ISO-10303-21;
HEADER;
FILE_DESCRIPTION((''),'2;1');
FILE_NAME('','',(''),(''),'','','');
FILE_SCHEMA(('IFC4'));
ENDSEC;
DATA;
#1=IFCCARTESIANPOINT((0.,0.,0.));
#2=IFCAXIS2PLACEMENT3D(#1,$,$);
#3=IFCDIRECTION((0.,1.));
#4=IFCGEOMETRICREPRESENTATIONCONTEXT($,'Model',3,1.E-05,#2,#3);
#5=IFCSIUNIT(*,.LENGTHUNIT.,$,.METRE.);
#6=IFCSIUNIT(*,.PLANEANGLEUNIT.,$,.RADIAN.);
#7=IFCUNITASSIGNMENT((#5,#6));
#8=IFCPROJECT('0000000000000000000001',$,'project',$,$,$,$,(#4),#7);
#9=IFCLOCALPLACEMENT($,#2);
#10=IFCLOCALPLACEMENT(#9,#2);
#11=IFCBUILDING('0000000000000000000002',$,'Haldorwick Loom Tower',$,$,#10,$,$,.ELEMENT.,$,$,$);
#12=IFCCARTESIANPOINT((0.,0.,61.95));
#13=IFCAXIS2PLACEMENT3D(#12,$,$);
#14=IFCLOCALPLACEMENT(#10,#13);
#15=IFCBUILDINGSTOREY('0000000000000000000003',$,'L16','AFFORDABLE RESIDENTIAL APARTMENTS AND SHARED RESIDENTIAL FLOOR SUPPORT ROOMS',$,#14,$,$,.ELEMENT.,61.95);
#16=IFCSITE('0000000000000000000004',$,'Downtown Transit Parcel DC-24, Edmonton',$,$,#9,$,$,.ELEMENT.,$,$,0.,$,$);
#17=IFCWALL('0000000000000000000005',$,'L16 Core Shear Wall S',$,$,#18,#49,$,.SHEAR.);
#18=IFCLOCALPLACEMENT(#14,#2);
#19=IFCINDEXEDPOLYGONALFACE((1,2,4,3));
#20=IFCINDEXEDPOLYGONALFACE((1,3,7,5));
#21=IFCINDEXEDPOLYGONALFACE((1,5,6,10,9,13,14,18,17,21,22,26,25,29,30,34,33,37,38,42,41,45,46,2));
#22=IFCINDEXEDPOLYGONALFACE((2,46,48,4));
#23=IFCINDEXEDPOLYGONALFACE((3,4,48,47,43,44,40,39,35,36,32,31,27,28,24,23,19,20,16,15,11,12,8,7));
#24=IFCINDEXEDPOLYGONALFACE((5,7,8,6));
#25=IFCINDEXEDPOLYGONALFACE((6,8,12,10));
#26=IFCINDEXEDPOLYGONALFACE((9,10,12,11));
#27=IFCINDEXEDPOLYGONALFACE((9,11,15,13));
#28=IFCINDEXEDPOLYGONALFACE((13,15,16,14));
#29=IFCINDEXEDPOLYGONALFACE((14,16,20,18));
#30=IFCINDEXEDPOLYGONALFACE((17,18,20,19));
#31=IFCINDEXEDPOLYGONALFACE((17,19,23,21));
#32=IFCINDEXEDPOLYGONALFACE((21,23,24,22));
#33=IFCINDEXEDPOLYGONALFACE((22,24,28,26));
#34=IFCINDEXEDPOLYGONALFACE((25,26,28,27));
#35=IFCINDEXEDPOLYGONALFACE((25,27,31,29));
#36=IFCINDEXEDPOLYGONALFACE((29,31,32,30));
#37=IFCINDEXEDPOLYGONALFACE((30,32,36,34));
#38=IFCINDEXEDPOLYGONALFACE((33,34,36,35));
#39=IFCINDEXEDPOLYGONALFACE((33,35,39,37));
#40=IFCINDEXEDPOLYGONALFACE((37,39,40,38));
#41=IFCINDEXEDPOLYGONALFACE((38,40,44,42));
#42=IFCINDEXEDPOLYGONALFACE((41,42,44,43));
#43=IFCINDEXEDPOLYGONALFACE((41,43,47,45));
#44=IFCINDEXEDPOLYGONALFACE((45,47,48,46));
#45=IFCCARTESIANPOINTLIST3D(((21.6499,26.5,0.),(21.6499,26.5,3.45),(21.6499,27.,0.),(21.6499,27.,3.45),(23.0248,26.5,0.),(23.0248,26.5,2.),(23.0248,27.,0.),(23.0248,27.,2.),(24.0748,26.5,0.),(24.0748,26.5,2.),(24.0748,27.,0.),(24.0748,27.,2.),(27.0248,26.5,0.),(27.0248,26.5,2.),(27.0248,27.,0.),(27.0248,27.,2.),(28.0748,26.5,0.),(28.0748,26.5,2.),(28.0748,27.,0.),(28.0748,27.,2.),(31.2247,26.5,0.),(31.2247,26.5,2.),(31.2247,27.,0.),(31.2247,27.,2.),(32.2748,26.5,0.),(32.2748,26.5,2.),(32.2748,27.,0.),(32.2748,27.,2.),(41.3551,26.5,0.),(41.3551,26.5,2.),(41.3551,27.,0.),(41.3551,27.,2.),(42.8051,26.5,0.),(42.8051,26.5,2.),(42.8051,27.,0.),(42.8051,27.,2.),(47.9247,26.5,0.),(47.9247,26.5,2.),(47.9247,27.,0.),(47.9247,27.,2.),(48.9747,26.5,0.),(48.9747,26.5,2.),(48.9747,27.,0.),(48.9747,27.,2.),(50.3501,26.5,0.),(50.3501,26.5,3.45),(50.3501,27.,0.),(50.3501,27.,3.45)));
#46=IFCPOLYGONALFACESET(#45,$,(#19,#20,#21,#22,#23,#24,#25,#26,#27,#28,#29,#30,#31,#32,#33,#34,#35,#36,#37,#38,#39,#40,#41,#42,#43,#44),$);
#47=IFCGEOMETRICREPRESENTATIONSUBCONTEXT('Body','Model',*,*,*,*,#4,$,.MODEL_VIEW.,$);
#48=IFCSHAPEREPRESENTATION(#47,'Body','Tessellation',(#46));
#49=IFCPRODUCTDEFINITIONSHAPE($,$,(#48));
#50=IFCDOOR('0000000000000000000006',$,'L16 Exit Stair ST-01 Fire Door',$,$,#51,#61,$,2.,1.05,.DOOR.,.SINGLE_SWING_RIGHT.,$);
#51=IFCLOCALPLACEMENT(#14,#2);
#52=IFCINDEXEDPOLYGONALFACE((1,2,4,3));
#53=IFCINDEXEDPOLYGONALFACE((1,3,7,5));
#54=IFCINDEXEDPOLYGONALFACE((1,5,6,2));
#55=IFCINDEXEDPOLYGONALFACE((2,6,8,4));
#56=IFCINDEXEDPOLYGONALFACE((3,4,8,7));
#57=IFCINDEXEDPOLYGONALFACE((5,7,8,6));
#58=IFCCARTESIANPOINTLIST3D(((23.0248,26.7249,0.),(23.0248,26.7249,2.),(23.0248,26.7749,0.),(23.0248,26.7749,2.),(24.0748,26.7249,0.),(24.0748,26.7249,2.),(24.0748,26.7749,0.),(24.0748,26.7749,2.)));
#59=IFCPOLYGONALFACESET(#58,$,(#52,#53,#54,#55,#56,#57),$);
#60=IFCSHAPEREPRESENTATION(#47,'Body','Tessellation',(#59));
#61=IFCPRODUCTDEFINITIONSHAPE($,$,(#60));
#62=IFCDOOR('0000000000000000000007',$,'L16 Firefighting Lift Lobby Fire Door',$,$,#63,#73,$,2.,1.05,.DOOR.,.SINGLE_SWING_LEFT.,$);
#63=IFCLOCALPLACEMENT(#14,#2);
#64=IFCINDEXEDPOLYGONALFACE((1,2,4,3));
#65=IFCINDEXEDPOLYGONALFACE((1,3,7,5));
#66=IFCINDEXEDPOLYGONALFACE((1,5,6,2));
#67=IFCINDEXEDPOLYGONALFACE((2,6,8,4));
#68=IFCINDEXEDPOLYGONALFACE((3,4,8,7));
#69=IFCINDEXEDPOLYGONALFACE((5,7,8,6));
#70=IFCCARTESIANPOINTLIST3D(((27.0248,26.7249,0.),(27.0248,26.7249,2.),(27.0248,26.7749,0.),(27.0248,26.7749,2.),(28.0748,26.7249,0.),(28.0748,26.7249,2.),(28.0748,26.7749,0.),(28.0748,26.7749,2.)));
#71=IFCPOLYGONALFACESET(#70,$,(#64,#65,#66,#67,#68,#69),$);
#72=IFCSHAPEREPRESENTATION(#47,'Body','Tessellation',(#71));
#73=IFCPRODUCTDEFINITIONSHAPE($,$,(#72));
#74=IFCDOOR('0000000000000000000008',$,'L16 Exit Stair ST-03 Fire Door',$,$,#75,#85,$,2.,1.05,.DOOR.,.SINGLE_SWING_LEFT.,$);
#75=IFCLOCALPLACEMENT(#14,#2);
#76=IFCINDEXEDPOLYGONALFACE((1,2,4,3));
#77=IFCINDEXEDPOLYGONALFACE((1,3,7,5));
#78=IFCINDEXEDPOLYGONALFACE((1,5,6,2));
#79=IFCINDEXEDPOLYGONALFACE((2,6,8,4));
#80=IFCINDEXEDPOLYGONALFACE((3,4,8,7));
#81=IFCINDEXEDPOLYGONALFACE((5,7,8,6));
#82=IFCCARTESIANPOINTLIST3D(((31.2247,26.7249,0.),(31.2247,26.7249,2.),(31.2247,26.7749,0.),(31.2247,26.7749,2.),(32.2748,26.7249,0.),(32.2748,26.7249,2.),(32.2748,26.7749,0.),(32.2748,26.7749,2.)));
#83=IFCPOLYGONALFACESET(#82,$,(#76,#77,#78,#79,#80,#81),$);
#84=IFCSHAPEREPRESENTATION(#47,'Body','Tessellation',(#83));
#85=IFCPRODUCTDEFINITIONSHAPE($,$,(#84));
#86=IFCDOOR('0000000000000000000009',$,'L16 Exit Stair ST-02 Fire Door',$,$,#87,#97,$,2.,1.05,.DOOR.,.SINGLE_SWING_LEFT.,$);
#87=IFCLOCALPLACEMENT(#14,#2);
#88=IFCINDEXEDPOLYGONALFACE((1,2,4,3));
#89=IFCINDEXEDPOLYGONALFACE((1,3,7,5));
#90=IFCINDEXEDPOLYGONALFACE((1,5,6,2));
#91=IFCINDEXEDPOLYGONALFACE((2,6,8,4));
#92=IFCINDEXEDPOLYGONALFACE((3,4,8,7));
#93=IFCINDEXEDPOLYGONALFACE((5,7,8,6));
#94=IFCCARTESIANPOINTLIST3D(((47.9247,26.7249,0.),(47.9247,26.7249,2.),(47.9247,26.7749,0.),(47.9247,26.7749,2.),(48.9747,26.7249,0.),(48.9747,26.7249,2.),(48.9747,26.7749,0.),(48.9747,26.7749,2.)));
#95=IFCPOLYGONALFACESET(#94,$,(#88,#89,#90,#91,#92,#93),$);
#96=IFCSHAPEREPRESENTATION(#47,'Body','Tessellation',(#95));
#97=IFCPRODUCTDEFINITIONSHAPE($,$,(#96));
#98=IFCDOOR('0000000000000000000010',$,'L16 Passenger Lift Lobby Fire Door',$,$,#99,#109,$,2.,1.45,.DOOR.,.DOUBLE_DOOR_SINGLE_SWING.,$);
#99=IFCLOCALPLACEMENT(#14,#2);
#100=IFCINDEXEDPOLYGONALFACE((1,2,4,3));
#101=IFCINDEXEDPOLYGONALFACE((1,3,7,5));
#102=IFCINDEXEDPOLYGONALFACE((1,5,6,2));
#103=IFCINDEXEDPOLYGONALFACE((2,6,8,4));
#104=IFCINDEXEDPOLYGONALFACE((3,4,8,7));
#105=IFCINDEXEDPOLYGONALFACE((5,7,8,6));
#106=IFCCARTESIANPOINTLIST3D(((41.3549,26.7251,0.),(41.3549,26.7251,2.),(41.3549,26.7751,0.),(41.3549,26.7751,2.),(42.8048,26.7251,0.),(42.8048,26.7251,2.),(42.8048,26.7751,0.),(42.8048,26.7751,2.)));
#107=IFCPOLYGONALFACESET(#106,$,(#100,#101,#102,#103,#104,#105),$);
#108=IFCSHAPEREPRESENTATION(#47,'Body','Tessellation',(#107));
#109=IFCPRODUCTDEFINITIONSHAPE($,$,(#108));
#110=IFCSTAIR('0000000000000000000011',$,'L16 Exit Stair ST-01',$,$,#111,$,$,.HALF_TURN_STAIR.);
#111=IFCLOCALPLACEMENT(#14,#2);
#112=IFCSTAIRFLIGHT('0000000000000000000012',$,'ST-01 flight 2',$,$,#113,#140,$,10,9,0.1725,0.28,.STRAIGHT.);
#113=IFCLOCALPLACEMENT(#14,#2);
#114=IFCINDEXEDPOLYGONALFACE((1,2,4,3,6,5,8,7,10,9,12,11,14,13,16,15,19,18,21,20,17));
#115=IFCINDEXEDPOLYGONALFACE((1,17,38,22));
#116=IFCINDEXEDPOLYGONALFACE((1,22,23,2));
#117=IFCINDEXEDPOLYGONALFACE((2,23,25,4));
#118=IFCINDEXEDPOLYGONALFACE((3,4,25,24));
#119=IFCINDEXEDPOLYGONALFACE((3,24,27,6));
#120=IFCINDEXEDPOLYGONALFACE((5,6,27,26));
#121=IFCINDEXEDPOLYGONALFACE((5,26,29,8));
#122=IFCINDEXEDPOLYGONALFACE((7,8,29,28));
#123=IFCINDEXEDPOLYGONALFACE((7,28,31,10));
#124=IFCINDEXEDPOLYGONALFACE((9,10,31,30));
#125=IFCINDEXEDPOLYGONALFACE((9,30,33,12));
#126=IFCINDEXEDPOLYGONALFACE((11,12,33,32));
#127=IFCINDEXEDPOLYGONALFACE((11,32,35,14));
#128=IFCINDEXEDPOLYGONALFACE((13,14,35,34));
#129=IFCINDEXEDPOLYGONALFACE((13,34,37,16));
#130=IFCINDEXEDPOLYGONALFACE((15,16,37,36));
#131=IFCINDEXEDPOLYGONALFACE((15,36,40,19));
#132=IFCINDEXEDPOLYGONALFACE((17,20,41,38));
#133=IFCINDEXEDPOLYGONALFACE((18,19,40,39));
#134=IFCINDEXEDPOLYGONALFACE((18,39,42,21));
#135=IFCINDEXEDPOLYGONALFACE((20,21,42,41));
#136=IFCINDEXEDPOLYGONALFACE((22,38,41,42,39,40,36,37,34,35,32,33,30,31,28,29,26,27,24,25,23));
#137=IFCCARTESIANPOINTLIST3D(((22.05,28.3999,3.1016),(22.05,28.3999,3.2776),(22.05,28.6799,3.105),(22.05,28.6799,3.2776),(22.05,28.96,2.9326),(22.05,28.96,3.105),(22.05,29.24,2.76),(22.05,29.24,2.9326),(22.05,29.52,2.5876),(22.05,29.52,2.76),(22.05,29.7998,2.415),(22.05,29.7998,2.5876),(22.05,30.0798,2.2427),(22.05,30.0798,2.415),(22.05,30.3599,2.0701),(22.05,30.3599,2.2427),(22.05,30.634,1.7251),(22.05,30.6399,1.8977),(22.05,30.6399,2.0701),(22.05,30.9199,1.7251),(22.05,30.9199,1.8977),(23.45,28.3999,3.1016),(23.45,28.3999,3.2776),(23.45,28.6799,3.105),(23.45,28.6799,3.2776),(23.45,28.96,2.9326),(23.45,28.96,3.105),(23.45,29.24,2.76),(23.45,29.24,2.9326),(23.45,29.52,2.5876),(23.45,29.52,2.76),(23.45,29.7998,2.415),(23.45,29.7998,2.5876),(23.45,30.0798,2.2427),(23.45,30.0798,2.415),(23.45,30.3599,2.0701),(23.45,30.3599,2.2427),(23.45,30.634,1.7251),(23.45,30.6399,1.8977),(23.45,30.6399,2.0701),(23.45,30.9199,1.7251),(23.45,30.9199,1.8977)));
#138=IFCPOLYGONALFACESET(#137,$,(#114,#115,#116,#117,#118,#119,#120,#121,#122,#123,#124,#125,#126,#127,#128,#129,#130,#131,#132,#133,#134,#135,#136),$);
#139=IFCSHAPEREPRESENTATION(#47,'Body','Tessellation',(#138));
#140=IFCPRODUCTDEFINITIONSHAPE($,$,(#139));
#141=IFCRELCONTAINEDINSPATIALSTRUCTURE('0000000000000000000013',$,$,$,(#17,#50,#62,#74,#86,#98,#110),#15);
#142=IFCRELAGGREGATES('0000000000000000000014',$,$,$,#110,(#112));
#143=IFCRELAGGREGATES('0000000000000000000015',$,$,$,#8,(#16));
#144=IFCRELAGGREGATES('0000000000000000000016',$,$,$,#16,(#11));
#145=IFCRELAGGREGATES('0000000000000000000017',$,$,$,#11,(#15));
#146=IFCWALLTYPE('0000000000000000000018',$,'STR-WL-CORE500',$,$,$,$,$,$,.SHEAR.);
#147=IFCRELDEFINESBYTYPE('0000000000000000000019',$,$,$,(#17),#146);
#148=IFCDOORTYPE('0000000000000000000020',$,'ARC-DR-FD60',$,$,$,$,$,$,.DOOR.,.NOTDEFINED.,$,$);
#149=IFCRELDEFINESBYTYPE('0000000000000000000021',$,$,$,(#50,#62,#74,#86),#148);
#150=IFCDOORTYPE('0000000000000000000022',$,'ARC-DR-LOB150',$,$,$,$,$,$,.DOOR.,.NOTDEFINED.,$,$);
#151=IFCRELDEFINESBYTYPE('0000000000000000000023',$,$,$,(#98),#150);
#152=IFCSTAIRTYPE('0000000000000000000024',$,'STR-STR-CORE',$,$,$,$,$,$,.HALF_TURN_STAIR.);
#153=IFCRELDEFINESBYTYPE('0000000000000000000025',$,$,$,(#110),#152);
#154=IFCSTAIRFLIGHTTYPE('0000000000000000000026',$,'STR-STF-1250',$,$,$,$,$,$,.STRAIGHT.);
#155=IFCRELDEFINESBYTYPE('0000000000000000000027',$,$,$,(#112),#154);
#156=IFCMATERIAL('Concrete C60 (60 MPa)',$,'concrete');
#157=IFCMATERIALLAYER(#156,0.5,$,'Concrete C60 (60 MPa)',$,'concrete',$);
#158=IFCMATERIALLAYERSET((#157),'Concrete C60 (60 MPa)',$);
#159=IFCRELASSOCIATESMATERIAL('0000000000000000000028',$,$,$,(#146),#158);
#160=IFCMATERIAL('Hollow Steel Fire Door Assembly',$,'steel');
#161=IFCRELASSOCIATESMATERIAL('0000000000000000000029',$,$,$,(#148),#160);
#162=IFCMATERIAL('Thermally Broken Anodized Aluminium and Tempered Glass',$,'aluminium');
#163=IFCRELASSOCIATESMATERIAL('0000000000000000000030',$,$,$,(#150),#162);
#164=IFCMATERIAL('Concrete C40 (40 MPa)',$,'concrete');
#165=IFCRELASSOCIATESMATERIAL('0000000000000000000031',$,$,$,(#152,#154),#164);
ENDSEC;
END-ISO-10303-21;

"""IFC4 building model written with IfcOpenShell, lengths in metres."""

from ifc_helpers import new_model, si_unit, direction, frame, frame_2d, origin, place, context, subcontext, project, spatial, polyline, rectangle, outline, extrude, material, layer, layer_set, type_object, element, fill, aggregate, save


model = new_model("IFC4")

# Units and contexts
model_context = context("Model", 3, precision=1e-05, world=origin(), true_north=direction((0.0, 1.0)))
body_context = subcontext(model_context, "Body", "Model", "MODEL_VIEW")
ifc_project = project(units=[si_unit("LENGTHUNIT", "METRE"), si_unit("PLANEANGLEUNIT", "RADIAN")], contexts=[model_context])

# Site, building, storey
site_placement = place(None, origin())
site = spatial("IfcSite", under=ifc_project, at=site_placement, Name="Downtown Transit Parcel DC-24, Edmonton", CompositionType="ELEMENT", RefElevation=0.0)
building_placement = place(site_placement, origin())
building = spatial("IfcBuilding", under=site, at=building_placement, Name="Haldorwick Loom Tower", CompositionType="ELEMENT")
storey_placement = place(building_placement, frame((0.0, 0.0, 61.95)))
storey = spatial("IfcBuildingStorey", under=building, at=storey_placement, Name="L16", Description="AFFORDABLE RESIDENTIAL APARTMENTS AND SHARED RESIDENTIAL FLOOR SUPPORT ROOMS", CompositionType="ELEMENT", Elevation=61.95)

# Shared definitions
ifc_material_1 = material(Name="Concrete C60 (60 MPa)", Category="concrete")

# Wall, openings, doors
ifc_layer_1 = layer(ifc_material_1, 0.5, Name="Concrete C60 (60 MPa)", Category="concrete")
ifc_layer_set_1 = layer_set([ifc_layer_1], Name="Concrete C60 (60 MPa)")
wall_type_1 = type_object("IfcWallType", Name="STR-WL-CORE500", PredefinedType="SHEAR", material=ifc_layer_set_1)
wall_1_placement = place(storey_placement, frame((21.6499, 26.75, 0.0), z_axis=(0.0, 0.0, 1.0), x_axis=(1.0, 0.0, 0.0)))
wall_1 = element("IfcWall", 1, at=wall_1_placement, inside=storey, type_object=wall_type_1, Name="L16 Core Shear Wall S", PredefinedType="SHEAR", context=body_context, shape_type="SweptSolid", body=[
    extrude(rectangle(XDim=28.7002, YDim=0.5, at=frame_2d((14.3501, 0.0))), origin(), (0.0, 0.0, 1.0), 3.45),
])
opening_1_placement = place(wall_1_placement, frame((1.375, 0.0, 0.0)))
opening_1 = element("IfcOpeningElement", 2, at=opening_1_placement, cuts=wall_1, PredefinedType="OPENING", context=body_context, shape_type="SweptSolid", body=[
    extrude(rectangle(XDim=1.05, YDim=2.0, at=frame_2d((0.5249, 1.0))), frame((0.0, 0.26, 0.0), z_axis=(0.0, -1.0, 0.0), x_axis=(1.0, 0.0, 0.0)), (0.0, 0.0, 1.0), 0.52),
])
opening_2_placement = place(wall_1_placement, frame((5.375, 0.0, 0.0)))
opening_2 = element("IfcOpeningElement", 3, at=opening_2_placement, cuts=wall_1, PredefinedType="OPENING", context=body_context, shape_type="SweptSolid", body=[
    extrude(rectangle(XDim=1.05, YDim=2.0, at=frame_2d((0.5249, 1.0))), frame((0.0, 0.26, 0.0), z_axis=(0.0, -1.0, 0.0), x_axis=(1.0, 0.0, 0.0)), (0.0, 0.0, 1.0), 0.52),
])
opening_3_placement = place(wall_1_placement, frame((9.575, 0.0, 0.0)))
opening_3 = element("IfcOpeningElement", 4, at=opening_3_placement, cuts=wall_1, PredefinedType="OPENING", context=body_context, shape_type="SweptSolid", body=[
    extrude(rectangle(XDim=1.05, YDim=2.0, at=frame_2d((0.5249, 1.0))), frame((0.0, 0.26, 0.0), z_axis=(0.0, -1.0, 0.0), x_axis=(1.0, 0.0, 0.0)), (0.0, 0.0, 1.0), 0.52),
])
opening_4_placement = place(wall_1_placement, frame((19.7051, 0.0, 0.0)))
opening_4 = element("IfcOpeningElement", 5, at=opening_4_placement, cuts=wall_1, PredefinedType="OPENING", context=body_context, shape_type="SweptSolid", body=[
    extrude(rectangle(XDim=1.45, YDim=2.0, at=frame_2d((0.7251, 1.0))), frame((0.0, 0.26, 0.0), z_axis=(0.0, -1.0, 0.0), x_axis=(1.0, 0.0, 0.0)), (0.0, 0.0, 1.0), 0.52),
])
opening_5_placement = place(wall_1_placement, frame((26.2749, 0.0, 0.0)))
opening_5 = element("IfcOpeningElement", 6, at=opening_5_placement, cuts=wall_1, PredefinedType="OPENING", context=body_context, shape_type="SweptSolid", body=[
    extrude(rectangle(XDim=1.05, YDim=2.0, at=frame_2d((0.5249, 1.0))), frame((0.0, 0.26, 0.0), z_axis=(0.0, -1.0, 0.0), x_axis=(1.0, 0.0, 0.0)), (0.0, 0.0, 1.0), 0.52),
])
ifc_material_2 = material(Name="Hollow Steel Fire Door Assembly", Category="steel")
door_type_1 = type_object("IfcDoorType", Name="ARC-DR-FD60", OperationType="NOTDEFINED", PredefinedType="DOOR", material=ifc_material_2)
door_1_placement = place(opening_1_placement, origin())
door_1 = element("IfcDoor", 7, at=door_1_placement, inside=storey, type_object=door_type_1, Name="L16 Exit Stair ST-01 Fire Door", OperationType="SINGLE_SWING_RIGHT", OverallHeight=2.0, OverallWidth=1.05, PredefinedType="DOOR", context=body_context, shape_type="SweptSolid", body=[
    extrude(rectangle(XDim=1.05, YDim=2.0, at=frame_2d((0.5249, 1.0))), frame((0.0, 0.0249, 0.0), z_axis=(0.0, -1.0, 0.0), x_axis=(1.0, 0.0, 0.0)), (0.0, 0.0, 1.0), 0.05),
])
fill(opening_1, door_1)
door_2_placement = place(opening_2_placement, origin())
door_2 = element("IfcDoor", 8, at=door_2_placement, inside=storey, type_object=door_type_1, Name="L16 Firefighting Lift Lobby Fire Door", OperationType="SINGLE_SWING_LEFT", OverallHeight=2.0, OverallWidth=1.05, PredefinedType="DOOR", context=body_context, shape_type="SweptSolid", body=[
    extrude(rectangle(XDim=1.05, YDim=2.0, at=frame_2d((0.5249, 1.0))), frame((0.0, 0.0249, 0.0), z_axis=(0.0, -1.0, 0.0), x_axis=(1.0, 0.0, 0.0)), (0.0, 0.0, 1.0), 0.05),
])
fill(opening_2, door_2)
door_3_placement = place(opening_3_placement, origin())
door_3 = element("IfcDoor", 9, at=door_3_placement, inside=storey, type_object=door_type_1, Name="L16 Exit Stair ST-03 Fire Door", OperationType="SINGLE_SWING_LEFT", OverallHeight=2.0, OverallWidth=1.05, PredefinedType="DOOR", context=body_context, shape_type="SweptSolid", body=[
    extrude(rectangle(XDim=1.05, YDim=2.0, at=frame_2d((0.5249, 1.0))), frame((0.0, 0.0249, 0.0), z_axis=(0.0, -1.0, 0.0), x_axis=(1.0, 0.0, 0.0)), (0.0, 0.0, 1.0), 0.05),
])
fill(opening_3, door_3)
door_4_placement = place(opening_5_placement, origin())
door_4 = element("IfcDoor", 10, at=door_4_placement, inside=storey, type_object=door_type_1, Name="L16 Exit Stair ST-02 Fire Door", OperationType="SINGLE_SWING_LEFT", OverallHeight=2.0, OverallWidth=1.05, PredefinedType="DOOR", context=body_context, shape_type="SweptSolid", body=[
    extrude(rectangle(XDim=1.05, YDim=2.0, at=frame_2d((0.5249, 1.0))), frame((0.0, 0.0249, 0.0), z_axis=(0.0, -1.0, 0.0), x_axis=(1.0, 0.0, 0.0)), (0.0, 0.0, 1.0), 0.05),
])
fill(opening_5, door_4)
ifc_material_3 = material(Name="Thermally Broken Anodized Aluminium and Tempered Glass", Category="aluminium")
door_type_2 = type_object("IfcDoorType", Name="ARC-DR-LOB150", OperationType="NOTDEFINED", PredefinedType="DOOR", material=ifc_material_3)
door_5_placement = place(opening_4_placement, frame((1.45, 0.0, 0.0), z_axis=(0.0, 0.0, 1.0), x_axis=(-1.0, 0.0, 0.0)))
door_5 = element("IfcDoor", 11, at=door_5_placement, inside=storey, type_object=door_type_2, Name="L16 Passenger Lift Lobby Fire Door", OperationType="DOUBLE_DOOR_SINGLE_SWING", OverallHeight=2.0, OverallWidth=1.45, PredefinedType="DOOR", context=body_context, shape_type="SweptSolid", body=[
    extrude(rectangle(XDim=1.45, YDim=2.0, at=frame_2d((0.7251, 1.0))), frame((0.0, 0.0249, 0.0), z_axis=(0.0, -1.0, 0.0), x_axis=(1.0, 0.0, 0.0)), (0.0, 0.0, 1.0), 0.05),
])
fill(opening_4, door_5)

# Stair, stair flight
ifc_material_4 = material(Name="Concrete C40 (40 MPa)", Category="concrete")
stair_type = type_object("IfcStairType", Name="STR-STR-CORE", PredefinedType="HALF_TURN_STAIR", material=ifc_material_4)
stair_placement = place(storey_placement, origin())
stair = element("IfcStair", 12, at=stair_placement, inside=storey, type_object=stair_type, Name="L16 Exit Stair ST-01", PredefinedType="HALF_TURN_STAIR")
stair_flight_type = type_object("IfcStairFlightType", Name="STR-STF-1250", PredefinedType="STRAIGHT", material=ifc_material_4)
stair_flight_placement = place(storey_placement, frame((22.75, 30.9199, 1.7251), z_axis=(0.0, 0.0, 1.0), x_axis=(0.0, -1.0, 0.0)))
stair_flight = element("IfcStairFlight", 13, at=stair_flight_placement, type_object=stair_flight_type, Name="ST-01 flight 2", NumberOfRisers=10, NumberOfTreads=9, PredefinedType="STRAIGHT", RiserHeight=0.1725, TreadLength=0.28, context=body_context, shape_type="SweptSolid", body=[
    extrude(outline(polyline([(0.0, 0.0), (0.0, 0.1726), (0.28, 0.1726), (0.28, 0.345), (0.5601, 0.345), (0.5601, 0.5176), (0.8401, 0.5176), (0.8401, 0.6899), (1.1201, 0.6899), (1.1201, 0.8625), (1.3999, 0.8625), (1.3999, 1.0349), (1.6799, 1.0349), (1.6799, 1.2075), (1.96, 1.2075), (1.96, 1.3799), (2.24, 1.3799), (2.24, 1.5525), (2.52, 1.5525), (2.52, 1.7251), (2.52, 1.3765), (0.2859, 0.0), (0.0, 0.0)])), frame((0.0, 0.7, 0.0), z_axis=(0.0, -1.0, 0.0), x_axis=(1.0, 0.0, 0.0)), (0.0, 0.0, 1.0), 1.3999),
])
aggregate(stair, [stair_flight])

save(model, "model.ifc")
